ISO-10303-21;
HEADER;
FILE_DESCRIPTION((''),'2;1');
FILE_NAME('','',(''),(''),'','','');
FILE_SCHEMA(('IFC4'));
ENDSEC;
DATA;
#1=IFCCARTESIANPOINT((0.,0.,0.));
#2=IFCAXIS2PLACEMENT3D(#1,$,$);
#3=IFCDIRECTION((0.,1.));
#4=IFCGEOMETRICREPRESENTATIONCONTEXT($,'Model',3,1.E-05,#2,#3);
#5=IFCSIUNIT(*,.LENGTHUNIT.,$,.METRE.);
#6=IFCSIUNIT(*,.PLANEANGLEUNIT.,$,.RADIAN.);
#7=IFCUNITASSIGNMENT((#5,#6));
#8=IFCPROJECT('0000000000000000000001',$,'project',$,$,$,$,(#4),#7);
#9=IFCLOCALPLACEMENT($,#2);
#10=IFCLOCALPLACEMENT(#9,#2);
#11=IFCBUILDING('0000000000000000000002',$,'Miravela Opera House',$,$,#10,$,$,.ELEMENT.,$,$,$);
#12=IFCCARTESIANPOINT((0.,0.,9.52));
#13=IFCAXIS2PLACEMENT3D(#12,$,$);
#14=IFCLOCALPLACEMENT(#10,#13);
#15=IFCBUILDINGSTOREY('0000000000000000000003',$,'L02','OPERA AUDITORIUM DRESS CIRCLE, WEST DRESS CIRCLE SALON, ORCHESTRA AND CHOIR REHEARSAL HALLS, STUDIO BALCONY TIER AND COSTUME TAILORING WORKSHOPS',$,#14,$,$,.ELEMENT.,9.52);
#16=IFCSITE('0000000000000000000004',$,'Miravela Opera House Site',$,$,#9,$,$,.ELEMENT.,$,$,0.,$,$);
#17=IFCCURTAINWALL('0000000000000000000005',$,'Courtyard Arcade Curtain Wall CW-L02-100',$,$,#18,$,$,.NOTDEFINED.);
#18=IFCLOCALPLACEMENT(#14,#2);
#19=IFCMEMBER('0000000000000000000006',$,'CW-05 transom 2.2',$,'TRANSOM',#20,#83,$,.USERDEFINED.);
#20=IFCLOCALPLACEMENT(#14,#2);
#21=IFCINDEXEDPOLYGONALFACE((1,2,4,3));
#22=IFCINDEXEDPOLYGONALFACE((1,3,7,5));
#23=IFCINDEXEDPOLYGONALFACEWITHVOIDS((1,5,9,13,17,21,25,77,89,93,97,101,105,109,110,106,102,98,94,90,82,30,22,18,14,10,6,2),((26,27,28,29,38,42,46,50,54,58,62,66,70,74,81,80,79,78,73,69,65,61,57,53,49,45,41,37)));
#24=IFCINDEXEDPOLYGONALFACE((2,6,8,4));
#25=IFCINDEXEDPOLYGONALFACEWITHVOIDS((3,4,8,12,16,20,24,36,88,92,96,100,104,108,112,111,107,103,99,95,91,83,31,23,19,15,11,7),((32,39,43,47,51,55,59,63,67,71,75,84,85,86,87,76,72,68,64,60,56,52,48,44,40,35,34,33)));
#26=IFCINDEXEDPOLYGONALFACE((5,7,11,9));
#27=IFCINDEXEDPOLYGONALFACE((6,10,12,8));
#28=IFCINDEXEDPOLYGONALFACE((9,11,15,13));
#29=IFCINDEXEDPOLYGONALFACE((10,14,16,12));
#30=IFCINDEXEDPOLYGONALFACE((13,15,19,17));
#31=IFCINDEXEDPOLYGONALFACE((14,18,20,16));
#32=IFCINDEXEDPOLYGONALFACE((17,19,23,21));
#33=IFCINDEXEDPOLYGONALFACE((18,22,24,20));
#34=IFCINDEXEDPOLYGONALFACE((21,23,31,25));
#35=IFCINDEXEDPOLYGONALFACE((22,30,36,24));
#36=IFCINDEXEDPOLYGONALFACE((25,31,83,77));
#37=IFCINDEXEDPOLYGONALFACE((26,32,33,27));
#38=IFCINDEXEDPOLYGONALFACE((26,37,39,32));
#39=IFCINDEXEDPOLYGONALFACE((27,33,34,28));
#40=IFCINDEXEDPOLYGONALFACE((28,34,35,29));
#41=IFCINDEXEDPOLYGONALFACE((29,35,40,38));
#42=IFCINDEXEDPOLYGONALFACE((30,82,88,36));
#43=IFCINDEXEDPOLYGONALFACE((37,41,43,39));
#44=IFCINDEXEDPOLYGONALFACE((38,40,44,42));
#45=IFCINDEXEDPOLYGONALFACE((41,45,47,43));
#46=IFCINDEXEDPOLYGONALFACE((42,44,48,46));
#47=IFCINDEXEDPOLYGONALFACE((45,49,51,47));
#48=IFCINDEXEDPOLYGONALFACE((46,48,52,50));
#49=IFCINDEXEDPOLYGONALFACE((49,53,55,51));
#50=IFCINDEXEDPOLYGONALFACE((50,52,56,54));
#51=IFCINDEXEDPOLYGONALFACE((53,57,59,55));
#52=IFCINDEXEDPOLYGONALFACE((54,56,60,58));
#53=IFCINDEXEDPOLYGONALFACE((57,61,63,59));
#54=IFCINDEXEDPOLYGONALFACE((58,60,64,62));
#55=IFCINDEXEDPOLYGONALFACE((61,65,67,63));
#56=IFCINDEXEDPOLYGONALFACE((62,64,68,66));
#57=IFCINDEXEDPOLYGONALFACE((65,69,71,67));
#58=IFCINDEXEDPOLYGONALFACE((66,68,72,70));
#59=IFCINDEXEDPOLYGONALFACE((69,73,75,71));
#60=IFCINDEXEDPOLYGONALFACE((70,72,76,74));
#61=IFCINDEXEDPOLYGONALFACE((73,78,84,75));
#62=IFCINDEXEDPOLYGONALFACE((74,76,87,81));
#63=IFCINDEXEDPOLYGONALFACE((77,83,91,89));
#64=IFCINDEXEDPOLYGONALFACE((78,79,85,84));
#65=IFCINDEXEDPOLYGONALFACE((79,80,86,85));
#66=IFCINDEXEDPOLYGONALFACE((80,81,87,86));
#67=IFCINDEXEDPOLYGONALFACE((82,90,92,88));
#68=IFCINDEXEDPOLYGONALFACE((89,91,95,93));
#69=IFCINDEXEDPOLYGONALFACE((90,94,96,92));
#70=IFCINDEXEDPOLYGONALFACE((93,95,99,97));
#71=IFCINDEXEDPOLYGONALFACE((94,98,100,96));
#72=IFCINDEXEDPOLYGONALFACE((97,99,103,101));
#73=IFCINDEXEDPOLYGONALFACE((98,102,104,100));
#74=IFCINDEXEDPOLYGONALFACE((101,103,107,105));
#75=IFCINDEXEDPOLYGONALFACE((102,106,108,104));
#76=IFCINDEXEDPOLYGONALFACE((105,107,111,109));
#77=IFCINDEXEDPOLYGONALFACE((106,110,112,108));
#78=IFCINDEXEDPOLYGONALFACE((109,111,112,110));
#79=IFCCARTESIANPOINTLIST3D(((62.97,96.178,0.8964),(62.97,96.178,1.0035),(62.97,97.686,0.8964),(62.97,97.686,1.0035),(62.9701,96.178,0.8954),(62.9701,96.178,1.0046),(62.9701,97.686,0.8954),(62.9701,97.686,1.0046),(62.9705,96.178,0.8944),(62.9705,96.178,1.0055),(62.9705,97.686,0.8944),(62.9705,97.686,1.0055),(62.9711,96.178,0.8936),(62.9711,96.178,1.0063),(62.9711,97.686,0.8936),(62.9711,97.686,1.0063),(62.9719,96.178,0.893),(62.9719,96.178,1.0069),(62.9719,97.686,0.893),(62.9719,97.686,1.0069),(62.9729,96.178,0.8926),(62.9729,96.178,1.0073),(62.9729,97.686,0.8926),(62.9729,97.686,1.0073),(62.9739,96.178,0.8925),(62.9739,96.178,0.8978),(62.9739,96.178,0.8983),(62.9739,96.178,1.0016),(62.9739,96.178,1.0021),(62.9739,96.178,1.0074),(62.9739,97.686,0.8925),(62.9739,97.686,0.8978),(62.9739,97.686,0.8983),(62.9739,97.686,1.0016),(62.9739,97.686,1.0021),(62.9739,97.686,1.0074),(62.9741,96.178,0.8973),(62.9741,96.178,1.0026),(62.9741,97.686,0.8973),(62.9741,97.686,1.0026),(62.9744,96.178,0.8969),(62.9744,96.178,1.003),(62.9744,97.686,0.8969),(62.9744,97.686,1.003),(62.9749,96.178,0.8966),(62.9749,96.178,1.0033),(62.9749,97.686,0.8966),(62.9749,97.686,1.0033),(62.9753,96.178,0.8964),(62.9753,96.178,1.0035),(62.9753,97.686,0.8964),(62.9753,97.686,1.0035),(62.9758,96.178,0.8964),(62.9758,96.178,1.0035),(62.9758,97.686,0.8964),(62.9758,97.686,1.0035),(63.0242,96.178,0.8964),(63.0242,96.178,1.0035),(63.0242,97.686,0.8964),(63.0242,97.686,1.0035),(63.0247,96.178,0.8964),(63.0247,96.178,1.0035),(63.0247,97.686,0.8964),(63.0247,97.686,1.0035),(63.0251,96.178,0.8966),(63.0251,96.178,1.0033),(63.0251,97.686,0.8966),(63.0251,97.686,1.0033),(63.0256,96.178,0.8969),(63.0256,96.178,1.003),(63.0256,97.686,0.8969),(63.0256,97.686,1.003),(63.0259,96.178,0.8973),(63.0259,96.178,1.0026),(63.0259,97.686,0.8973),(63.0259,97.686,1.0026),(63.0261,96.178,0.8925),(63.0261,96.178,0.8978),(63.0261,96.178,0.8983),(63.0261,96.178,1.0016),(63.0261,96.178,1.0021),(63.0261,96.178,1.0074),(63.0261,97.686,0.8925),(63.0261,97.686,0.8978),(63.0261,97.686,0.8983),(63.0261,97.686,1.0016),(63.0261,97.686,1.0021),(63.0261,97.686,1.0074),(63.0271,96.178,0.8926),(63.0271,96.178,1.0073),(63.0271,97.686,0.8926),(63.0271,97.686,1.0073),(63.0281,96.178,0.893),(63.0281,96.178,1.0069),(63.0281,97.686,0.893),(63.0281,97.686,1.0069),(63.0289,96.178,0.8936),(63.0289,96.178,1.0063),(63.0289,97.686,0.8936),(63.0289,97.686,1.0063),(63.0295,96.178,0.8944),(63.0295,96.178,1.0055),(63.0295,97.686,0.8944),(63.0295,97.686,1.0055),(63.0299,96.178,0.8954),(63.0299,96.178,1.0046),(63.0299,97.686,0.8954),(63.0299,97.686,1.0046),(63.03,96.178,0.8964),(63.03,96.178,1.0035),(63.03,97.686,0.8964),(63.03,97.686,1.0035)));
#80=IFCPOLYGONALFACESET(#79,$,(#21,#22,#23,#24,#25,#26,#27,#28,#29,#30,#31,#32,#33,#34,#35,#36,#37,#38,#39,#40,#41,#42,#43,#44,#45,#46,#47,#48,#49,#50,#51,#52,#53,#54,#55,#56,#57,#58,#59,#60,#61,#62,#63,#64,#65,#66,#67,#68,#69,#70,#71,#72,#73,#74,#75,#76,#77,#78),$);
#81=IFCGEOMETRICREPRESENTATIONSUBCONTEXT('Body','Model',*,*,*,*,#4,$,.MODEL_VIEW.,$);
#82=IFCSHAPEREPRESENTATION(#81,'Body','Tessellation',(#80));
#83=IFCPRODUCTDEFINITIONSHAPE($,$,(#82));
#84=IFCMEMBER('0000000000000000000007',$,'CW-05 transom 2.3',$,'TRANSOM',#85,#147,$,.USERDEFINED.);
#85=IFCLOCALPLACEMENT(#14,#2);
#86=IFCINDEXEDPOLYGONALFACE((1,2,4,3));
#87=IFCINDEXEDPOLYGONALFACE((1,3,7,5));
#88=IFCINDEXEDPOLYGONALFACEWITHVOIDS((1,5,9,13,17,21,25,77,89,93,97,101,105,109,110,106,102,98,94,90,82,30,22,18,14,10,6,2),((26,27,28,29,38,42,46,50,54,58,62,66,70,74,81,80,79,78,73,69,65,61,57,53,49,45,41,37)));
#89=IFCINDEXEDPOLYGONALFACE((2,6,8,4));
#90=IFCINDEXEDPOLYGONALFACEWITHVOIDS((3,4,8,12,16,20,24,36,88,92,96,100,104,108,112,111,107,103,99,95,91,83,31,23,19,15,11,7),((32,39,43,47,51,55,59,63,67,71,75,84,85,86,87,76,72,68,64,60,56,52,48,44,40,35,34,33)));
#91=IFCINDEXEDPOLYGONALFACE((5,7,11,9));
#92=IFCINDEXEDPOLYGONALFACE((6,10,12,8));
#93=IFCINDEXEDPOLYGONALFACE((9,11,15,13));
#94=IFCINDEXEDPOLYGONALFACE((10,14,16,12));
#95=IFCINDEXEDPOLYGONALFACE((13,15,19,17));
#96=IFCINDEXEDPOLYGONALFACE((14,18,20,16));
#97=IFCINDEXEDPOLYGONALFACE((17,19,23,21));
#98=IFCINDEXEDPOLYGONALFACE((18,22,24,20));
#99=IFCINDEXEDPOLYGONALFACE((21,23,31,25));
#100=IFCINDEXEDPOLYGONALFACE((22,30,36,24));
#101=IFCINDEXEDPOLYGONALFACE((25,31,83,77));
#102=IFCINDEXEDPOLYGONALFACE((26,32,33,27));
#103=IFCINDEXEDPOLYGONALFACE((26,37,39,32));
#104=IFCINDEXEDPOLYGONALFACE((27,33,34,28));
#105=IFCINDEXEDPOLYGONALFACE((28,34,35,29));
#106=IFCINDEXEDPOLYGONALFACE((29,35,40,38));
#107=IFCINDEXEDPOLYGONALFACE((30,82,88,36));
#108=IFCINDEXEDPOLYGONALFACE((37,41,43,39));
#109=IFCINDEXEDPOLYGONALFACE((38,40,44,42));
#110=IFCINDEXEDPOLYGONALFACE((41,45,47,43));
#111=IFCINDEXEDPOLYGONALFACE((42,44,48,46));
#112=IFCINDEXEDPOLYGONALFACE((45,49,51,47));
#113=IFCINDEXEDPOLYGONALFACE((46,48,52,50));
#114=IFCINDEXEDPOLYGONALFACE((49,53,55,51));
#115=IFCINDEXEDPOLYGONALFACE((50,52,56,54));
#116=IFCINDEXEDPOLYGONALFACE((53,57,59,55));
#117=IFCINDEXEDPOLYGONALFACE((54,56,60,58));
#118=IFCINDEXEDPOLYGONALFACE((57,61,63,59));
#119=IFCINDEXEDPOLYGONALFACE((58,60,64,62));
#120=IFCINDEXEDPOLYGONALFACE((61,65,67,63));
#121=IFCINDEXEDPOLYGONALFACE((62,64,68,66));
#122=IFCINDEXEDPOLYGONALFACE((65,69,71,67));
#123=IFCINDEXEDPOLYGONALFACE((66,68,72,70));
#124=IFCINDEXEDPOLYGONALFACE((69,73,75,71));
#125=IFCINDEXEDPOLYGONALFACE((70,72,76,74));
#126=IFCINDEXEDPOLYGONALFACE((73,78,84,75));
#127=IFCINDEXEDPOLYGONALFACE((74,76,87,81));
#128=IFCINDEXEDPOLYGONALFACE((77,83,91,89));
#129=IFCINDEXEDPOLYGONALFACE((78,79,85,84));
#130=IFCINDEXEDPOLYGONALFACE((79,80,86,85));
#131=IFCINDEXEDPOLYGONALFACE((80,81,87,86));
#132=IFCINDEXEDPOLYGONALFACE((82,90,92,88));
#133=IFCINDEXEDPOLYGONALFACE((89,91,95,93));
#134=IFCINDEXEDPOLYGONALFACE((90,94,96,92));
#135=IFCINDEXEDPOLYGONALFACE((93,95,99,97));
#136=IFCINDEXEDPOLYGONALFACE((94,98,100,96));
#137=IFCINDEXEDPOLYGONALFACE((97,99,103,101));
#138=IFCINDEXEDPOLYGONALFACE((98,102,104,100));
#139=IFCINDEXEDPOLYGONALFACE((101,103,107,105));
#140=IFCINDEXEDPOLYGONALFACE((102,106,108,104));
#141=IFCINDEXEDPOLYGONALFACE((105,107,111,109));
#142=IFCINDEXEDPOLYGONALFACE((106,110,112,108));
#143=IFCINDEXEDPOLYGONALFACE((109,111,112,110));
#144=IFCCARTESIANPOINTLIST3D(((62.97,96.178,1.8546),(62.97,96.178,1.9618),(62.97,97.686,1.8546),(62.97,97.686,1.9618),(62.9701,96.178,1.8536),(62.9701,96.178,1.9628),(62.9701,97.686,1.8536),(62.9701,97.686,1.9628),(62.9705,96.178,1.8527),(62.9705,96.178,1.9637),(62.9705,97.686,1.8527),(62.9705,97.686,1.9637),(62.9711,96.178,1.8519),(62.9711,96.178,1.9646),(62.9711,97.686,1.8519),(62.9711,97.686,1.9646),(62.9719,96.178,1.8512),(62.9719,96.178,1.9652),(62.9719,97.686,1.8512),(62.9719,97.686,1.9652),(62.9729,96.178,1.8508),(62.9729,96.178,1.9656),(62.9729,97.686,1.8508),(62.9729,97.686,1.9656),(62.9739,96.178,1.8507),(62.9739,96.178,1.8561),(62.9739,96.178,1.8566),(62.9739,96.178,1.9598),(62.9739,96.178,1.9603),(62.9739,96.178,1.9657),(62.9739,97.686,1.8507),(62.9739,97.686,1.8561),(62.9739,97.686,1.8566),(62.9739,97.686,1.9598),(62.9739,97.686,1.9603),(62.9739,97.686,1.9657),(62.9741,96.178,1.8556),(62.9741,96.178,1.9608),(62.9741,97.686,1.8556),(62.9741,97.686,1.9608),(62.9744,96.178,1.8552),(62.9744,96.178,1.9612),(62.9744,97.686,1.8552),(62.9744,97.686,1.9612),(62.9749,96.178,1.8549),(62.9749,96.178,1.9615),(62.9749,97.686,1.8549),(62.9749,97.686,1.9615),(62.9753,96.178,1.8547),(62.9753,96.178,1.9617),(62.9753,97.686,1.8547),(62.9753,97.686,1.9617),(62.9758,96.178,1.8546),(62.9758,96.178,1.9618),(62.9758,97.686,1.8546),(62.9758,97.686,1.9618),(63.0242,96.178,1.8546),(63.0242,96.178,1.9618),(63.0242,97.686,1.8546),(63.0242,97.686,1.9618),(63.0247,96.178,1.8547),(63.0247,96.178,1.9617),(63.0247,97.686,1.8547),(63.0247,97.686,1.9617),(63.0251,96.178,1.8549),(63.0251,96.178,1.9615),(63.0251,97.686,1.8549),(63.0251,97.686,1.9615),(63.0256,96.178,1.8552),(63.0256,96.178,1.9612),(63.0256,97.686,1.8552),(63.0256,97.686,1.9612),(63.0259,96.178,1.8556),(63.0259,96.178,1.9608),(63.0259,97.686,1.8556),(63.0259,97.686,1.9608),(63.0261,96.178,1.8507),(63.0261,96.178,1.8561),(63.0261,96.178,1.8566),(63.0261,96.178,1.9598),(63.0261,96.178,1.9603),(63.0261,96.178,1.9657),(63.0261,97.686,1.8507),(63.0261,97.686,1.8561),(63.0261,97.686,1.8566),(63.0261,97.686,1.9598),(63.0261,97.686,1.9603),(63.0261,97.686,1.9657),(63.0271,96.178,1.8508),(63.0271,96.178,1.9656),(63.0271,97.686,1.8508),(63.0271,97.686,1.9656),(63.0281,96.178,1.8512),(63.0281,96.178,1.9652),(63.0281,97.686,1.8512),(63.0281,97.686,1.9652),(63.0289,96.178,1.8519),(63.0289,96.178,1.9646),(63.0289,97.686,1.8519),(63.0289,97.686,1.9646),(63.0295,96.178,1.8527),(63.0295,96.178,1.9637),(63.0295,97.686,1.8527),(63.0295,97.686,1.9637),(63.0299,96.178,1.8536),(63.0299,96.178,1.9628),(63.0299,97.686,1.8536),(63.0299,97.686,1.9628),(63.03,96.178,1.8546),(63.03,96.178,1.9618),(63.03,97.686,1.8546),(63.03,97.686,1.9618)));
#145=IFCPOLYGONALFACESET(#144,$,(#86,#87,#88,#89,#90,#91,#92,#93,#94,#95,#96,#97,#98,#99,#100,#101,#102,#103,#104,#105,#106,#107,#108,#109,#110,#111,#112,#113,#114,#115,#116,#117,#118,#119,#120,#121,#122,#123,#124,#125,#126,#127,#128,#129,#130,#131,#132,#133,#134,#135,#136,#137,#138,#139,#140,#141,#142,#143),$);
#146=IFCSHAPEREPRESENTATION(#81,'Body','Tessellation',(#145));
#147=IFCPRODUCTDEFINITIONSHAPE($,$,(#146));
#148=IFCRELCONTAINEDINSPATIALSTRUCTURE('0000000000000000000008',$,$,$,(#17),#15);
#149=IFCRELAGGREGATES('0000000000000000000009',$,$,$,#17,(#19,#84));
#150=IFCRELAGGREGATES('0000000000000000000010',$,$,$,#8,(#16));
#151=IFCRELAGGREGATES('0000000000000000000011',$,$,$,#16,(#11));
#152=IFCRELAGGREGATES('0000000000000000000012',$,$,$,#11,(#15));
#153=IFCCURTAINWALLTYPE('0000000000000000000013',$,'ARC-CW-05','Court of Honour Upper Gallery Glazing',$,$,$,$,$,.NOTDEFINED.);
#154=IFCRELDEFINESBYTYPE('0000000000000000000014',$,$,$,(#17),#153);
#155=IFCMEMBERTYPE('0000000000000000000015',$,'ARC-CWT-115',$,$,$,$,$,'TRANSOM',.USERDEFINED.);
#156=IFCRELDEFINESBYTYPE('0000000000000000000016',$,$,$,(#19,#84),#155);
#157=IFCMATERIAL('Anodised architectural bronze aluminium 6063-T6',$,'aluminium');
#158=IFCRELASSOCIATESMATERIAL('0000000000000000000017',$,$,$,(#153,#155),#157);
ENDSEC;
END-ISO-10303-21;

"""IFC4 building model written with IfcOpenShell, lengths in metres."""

from ifc_helpers import new_model, si_unit, direction, frame, origin, origin_2d, place, context, subcontext, project, spatial, hollow_rectangle, extrude, material, material_profile, profile_set, type_object, element, aggregate, save


model = new_model("IFC4")

# Units and contexts
model_context = context("Model", 3, precision=1e-05, world=origin(), true_north=direction((0.0, 1.0)))
body_context = subcontext(model_context, "Body", "Model", "MODEL_VIEW")
ifc_project = project(units=[si_unit("LENGTHUNIT", "METRE"), si_unit("PLANEANGLEUNIT", "RADIAN")], contexts=[model_context])

# Site, building, storey
site_placement = place(None, origin())
site = spatial("IfcSite", under=ifc_project, at=site_placement, Name="Miravela Opera House Site", CompositionType="ELEMENT", RefElevation=0.0)
building_placement = place(site_placement, origin())
building = spatial("IfcBuilding", under=site, at=building_placement, Name="Miravela Opera House", CompositionType="ELEMENT")
storey_placement = place(building_placement, frame((0.0, 0.0, 9.52)))
storey = spatial("IfcBuildingStorey", under=building, at=storey_placement, Name="L02", Description="OPERA AUDITORIUM DRESS CIRCLE, WEST DRESS CIRCLE SALON, ORCHESTRA AND CHOIR REHEARSAL HALLS, STUDIO BALCONY TIER AND COSTUME TAILORING WORKSHOPS", CompositionType="ELEMENT", Elevation=9.52)

# Curtain wall, members
ifc_material_1 = material(Name="Anodised architectural bronze aluminium 6063-T6", Category="aluminium")
curtain_wall_type = type_object("IfcCurtainWallType", Name="ARC-CW-05", Description="Court of Honour Upper Gallery Glazing", PredefinedType="NOTDEFINED", material=ifc_material_1)
curtain_wall_placement = place(storey_placement, origin())
curtain_wall = element("IfcCurtainWall", 1, at=curtain_wall_placement, inside=storey, type_object=curtain_wall_type, Name="Courtyard Arcade Curtain Wall CW-L02-100", PredefinedType="NOTDEFINED")
ifc_material_profile_1 = material_profile(ifc_material_1, hollow_rectangle(XDim=0.0601, YDim=0.115, WallThickness=0.0039, InnerFilletRadius=0.002, OuterFilletRadius=0.0039, at=origin_2d()), Name="CWT-60X115")
ifc_profile_set_1 = profile_set([ifc_material_profile_1])
member_type_1 = type_object("IfcMemberType", Name="ARC-CWT-115", ElementType="TRANSOM", PredefinedType="USERDEFINED", material=ifc_profile_set_1)
member_1_placement = place(storey_placement, frame((63.0, 96.178, 0.95), z_axis=(0.0, 1.0, 0.0), x_axis=(-1.0, 0.0, 0.0)))
member_1 = element("IfcMember", 2, at=member_1_placement, type_object=member_type_1, Name="CW-05 transom 2.2", ObjectType="TRANSOM", PredefinedType="USERDEFINED", context=body_context, shape_type="SweptSolid", body=[
    extrude(hollow_rectangle(XDim=0.0601, YDim=0.115, WallThickness=0.0039, InnerFilletRadius=0.002, OuterFilletRadius=0.0039, at=origin_2d()), origin(), (0.0, 0.0, 1.0), 1.5081),
])
member_2_placement = place(storey_placement, frame((63.0, 96.178, 1.9082), z_axis=(0.0, 1.0, 0.0), x_axis=(-1.0, 0.0, 0.0)))
member_2 = element("IfcMember", 3, at=member_2_placement, type_object=member_type_1, Name="CW-05 transom 2.3", ObjectType="TRANSOM", PredefinedType="USERDEFINED", context=body_context, shape_type="SweptSolid", body=[
    extrude(hollow_rectangle(XDim=0.0601, YDim=0.115, WallThickness=0.0039, InnerFilletRadius=0.002, OuterFilletRadius=0.0039, at=origin_2d()), origin(), (0.0, 0.0, 1.0), 1.5081),
])

aggregate(curtain_wall, [member_1, member_2])

save(model, "model.ifc")
